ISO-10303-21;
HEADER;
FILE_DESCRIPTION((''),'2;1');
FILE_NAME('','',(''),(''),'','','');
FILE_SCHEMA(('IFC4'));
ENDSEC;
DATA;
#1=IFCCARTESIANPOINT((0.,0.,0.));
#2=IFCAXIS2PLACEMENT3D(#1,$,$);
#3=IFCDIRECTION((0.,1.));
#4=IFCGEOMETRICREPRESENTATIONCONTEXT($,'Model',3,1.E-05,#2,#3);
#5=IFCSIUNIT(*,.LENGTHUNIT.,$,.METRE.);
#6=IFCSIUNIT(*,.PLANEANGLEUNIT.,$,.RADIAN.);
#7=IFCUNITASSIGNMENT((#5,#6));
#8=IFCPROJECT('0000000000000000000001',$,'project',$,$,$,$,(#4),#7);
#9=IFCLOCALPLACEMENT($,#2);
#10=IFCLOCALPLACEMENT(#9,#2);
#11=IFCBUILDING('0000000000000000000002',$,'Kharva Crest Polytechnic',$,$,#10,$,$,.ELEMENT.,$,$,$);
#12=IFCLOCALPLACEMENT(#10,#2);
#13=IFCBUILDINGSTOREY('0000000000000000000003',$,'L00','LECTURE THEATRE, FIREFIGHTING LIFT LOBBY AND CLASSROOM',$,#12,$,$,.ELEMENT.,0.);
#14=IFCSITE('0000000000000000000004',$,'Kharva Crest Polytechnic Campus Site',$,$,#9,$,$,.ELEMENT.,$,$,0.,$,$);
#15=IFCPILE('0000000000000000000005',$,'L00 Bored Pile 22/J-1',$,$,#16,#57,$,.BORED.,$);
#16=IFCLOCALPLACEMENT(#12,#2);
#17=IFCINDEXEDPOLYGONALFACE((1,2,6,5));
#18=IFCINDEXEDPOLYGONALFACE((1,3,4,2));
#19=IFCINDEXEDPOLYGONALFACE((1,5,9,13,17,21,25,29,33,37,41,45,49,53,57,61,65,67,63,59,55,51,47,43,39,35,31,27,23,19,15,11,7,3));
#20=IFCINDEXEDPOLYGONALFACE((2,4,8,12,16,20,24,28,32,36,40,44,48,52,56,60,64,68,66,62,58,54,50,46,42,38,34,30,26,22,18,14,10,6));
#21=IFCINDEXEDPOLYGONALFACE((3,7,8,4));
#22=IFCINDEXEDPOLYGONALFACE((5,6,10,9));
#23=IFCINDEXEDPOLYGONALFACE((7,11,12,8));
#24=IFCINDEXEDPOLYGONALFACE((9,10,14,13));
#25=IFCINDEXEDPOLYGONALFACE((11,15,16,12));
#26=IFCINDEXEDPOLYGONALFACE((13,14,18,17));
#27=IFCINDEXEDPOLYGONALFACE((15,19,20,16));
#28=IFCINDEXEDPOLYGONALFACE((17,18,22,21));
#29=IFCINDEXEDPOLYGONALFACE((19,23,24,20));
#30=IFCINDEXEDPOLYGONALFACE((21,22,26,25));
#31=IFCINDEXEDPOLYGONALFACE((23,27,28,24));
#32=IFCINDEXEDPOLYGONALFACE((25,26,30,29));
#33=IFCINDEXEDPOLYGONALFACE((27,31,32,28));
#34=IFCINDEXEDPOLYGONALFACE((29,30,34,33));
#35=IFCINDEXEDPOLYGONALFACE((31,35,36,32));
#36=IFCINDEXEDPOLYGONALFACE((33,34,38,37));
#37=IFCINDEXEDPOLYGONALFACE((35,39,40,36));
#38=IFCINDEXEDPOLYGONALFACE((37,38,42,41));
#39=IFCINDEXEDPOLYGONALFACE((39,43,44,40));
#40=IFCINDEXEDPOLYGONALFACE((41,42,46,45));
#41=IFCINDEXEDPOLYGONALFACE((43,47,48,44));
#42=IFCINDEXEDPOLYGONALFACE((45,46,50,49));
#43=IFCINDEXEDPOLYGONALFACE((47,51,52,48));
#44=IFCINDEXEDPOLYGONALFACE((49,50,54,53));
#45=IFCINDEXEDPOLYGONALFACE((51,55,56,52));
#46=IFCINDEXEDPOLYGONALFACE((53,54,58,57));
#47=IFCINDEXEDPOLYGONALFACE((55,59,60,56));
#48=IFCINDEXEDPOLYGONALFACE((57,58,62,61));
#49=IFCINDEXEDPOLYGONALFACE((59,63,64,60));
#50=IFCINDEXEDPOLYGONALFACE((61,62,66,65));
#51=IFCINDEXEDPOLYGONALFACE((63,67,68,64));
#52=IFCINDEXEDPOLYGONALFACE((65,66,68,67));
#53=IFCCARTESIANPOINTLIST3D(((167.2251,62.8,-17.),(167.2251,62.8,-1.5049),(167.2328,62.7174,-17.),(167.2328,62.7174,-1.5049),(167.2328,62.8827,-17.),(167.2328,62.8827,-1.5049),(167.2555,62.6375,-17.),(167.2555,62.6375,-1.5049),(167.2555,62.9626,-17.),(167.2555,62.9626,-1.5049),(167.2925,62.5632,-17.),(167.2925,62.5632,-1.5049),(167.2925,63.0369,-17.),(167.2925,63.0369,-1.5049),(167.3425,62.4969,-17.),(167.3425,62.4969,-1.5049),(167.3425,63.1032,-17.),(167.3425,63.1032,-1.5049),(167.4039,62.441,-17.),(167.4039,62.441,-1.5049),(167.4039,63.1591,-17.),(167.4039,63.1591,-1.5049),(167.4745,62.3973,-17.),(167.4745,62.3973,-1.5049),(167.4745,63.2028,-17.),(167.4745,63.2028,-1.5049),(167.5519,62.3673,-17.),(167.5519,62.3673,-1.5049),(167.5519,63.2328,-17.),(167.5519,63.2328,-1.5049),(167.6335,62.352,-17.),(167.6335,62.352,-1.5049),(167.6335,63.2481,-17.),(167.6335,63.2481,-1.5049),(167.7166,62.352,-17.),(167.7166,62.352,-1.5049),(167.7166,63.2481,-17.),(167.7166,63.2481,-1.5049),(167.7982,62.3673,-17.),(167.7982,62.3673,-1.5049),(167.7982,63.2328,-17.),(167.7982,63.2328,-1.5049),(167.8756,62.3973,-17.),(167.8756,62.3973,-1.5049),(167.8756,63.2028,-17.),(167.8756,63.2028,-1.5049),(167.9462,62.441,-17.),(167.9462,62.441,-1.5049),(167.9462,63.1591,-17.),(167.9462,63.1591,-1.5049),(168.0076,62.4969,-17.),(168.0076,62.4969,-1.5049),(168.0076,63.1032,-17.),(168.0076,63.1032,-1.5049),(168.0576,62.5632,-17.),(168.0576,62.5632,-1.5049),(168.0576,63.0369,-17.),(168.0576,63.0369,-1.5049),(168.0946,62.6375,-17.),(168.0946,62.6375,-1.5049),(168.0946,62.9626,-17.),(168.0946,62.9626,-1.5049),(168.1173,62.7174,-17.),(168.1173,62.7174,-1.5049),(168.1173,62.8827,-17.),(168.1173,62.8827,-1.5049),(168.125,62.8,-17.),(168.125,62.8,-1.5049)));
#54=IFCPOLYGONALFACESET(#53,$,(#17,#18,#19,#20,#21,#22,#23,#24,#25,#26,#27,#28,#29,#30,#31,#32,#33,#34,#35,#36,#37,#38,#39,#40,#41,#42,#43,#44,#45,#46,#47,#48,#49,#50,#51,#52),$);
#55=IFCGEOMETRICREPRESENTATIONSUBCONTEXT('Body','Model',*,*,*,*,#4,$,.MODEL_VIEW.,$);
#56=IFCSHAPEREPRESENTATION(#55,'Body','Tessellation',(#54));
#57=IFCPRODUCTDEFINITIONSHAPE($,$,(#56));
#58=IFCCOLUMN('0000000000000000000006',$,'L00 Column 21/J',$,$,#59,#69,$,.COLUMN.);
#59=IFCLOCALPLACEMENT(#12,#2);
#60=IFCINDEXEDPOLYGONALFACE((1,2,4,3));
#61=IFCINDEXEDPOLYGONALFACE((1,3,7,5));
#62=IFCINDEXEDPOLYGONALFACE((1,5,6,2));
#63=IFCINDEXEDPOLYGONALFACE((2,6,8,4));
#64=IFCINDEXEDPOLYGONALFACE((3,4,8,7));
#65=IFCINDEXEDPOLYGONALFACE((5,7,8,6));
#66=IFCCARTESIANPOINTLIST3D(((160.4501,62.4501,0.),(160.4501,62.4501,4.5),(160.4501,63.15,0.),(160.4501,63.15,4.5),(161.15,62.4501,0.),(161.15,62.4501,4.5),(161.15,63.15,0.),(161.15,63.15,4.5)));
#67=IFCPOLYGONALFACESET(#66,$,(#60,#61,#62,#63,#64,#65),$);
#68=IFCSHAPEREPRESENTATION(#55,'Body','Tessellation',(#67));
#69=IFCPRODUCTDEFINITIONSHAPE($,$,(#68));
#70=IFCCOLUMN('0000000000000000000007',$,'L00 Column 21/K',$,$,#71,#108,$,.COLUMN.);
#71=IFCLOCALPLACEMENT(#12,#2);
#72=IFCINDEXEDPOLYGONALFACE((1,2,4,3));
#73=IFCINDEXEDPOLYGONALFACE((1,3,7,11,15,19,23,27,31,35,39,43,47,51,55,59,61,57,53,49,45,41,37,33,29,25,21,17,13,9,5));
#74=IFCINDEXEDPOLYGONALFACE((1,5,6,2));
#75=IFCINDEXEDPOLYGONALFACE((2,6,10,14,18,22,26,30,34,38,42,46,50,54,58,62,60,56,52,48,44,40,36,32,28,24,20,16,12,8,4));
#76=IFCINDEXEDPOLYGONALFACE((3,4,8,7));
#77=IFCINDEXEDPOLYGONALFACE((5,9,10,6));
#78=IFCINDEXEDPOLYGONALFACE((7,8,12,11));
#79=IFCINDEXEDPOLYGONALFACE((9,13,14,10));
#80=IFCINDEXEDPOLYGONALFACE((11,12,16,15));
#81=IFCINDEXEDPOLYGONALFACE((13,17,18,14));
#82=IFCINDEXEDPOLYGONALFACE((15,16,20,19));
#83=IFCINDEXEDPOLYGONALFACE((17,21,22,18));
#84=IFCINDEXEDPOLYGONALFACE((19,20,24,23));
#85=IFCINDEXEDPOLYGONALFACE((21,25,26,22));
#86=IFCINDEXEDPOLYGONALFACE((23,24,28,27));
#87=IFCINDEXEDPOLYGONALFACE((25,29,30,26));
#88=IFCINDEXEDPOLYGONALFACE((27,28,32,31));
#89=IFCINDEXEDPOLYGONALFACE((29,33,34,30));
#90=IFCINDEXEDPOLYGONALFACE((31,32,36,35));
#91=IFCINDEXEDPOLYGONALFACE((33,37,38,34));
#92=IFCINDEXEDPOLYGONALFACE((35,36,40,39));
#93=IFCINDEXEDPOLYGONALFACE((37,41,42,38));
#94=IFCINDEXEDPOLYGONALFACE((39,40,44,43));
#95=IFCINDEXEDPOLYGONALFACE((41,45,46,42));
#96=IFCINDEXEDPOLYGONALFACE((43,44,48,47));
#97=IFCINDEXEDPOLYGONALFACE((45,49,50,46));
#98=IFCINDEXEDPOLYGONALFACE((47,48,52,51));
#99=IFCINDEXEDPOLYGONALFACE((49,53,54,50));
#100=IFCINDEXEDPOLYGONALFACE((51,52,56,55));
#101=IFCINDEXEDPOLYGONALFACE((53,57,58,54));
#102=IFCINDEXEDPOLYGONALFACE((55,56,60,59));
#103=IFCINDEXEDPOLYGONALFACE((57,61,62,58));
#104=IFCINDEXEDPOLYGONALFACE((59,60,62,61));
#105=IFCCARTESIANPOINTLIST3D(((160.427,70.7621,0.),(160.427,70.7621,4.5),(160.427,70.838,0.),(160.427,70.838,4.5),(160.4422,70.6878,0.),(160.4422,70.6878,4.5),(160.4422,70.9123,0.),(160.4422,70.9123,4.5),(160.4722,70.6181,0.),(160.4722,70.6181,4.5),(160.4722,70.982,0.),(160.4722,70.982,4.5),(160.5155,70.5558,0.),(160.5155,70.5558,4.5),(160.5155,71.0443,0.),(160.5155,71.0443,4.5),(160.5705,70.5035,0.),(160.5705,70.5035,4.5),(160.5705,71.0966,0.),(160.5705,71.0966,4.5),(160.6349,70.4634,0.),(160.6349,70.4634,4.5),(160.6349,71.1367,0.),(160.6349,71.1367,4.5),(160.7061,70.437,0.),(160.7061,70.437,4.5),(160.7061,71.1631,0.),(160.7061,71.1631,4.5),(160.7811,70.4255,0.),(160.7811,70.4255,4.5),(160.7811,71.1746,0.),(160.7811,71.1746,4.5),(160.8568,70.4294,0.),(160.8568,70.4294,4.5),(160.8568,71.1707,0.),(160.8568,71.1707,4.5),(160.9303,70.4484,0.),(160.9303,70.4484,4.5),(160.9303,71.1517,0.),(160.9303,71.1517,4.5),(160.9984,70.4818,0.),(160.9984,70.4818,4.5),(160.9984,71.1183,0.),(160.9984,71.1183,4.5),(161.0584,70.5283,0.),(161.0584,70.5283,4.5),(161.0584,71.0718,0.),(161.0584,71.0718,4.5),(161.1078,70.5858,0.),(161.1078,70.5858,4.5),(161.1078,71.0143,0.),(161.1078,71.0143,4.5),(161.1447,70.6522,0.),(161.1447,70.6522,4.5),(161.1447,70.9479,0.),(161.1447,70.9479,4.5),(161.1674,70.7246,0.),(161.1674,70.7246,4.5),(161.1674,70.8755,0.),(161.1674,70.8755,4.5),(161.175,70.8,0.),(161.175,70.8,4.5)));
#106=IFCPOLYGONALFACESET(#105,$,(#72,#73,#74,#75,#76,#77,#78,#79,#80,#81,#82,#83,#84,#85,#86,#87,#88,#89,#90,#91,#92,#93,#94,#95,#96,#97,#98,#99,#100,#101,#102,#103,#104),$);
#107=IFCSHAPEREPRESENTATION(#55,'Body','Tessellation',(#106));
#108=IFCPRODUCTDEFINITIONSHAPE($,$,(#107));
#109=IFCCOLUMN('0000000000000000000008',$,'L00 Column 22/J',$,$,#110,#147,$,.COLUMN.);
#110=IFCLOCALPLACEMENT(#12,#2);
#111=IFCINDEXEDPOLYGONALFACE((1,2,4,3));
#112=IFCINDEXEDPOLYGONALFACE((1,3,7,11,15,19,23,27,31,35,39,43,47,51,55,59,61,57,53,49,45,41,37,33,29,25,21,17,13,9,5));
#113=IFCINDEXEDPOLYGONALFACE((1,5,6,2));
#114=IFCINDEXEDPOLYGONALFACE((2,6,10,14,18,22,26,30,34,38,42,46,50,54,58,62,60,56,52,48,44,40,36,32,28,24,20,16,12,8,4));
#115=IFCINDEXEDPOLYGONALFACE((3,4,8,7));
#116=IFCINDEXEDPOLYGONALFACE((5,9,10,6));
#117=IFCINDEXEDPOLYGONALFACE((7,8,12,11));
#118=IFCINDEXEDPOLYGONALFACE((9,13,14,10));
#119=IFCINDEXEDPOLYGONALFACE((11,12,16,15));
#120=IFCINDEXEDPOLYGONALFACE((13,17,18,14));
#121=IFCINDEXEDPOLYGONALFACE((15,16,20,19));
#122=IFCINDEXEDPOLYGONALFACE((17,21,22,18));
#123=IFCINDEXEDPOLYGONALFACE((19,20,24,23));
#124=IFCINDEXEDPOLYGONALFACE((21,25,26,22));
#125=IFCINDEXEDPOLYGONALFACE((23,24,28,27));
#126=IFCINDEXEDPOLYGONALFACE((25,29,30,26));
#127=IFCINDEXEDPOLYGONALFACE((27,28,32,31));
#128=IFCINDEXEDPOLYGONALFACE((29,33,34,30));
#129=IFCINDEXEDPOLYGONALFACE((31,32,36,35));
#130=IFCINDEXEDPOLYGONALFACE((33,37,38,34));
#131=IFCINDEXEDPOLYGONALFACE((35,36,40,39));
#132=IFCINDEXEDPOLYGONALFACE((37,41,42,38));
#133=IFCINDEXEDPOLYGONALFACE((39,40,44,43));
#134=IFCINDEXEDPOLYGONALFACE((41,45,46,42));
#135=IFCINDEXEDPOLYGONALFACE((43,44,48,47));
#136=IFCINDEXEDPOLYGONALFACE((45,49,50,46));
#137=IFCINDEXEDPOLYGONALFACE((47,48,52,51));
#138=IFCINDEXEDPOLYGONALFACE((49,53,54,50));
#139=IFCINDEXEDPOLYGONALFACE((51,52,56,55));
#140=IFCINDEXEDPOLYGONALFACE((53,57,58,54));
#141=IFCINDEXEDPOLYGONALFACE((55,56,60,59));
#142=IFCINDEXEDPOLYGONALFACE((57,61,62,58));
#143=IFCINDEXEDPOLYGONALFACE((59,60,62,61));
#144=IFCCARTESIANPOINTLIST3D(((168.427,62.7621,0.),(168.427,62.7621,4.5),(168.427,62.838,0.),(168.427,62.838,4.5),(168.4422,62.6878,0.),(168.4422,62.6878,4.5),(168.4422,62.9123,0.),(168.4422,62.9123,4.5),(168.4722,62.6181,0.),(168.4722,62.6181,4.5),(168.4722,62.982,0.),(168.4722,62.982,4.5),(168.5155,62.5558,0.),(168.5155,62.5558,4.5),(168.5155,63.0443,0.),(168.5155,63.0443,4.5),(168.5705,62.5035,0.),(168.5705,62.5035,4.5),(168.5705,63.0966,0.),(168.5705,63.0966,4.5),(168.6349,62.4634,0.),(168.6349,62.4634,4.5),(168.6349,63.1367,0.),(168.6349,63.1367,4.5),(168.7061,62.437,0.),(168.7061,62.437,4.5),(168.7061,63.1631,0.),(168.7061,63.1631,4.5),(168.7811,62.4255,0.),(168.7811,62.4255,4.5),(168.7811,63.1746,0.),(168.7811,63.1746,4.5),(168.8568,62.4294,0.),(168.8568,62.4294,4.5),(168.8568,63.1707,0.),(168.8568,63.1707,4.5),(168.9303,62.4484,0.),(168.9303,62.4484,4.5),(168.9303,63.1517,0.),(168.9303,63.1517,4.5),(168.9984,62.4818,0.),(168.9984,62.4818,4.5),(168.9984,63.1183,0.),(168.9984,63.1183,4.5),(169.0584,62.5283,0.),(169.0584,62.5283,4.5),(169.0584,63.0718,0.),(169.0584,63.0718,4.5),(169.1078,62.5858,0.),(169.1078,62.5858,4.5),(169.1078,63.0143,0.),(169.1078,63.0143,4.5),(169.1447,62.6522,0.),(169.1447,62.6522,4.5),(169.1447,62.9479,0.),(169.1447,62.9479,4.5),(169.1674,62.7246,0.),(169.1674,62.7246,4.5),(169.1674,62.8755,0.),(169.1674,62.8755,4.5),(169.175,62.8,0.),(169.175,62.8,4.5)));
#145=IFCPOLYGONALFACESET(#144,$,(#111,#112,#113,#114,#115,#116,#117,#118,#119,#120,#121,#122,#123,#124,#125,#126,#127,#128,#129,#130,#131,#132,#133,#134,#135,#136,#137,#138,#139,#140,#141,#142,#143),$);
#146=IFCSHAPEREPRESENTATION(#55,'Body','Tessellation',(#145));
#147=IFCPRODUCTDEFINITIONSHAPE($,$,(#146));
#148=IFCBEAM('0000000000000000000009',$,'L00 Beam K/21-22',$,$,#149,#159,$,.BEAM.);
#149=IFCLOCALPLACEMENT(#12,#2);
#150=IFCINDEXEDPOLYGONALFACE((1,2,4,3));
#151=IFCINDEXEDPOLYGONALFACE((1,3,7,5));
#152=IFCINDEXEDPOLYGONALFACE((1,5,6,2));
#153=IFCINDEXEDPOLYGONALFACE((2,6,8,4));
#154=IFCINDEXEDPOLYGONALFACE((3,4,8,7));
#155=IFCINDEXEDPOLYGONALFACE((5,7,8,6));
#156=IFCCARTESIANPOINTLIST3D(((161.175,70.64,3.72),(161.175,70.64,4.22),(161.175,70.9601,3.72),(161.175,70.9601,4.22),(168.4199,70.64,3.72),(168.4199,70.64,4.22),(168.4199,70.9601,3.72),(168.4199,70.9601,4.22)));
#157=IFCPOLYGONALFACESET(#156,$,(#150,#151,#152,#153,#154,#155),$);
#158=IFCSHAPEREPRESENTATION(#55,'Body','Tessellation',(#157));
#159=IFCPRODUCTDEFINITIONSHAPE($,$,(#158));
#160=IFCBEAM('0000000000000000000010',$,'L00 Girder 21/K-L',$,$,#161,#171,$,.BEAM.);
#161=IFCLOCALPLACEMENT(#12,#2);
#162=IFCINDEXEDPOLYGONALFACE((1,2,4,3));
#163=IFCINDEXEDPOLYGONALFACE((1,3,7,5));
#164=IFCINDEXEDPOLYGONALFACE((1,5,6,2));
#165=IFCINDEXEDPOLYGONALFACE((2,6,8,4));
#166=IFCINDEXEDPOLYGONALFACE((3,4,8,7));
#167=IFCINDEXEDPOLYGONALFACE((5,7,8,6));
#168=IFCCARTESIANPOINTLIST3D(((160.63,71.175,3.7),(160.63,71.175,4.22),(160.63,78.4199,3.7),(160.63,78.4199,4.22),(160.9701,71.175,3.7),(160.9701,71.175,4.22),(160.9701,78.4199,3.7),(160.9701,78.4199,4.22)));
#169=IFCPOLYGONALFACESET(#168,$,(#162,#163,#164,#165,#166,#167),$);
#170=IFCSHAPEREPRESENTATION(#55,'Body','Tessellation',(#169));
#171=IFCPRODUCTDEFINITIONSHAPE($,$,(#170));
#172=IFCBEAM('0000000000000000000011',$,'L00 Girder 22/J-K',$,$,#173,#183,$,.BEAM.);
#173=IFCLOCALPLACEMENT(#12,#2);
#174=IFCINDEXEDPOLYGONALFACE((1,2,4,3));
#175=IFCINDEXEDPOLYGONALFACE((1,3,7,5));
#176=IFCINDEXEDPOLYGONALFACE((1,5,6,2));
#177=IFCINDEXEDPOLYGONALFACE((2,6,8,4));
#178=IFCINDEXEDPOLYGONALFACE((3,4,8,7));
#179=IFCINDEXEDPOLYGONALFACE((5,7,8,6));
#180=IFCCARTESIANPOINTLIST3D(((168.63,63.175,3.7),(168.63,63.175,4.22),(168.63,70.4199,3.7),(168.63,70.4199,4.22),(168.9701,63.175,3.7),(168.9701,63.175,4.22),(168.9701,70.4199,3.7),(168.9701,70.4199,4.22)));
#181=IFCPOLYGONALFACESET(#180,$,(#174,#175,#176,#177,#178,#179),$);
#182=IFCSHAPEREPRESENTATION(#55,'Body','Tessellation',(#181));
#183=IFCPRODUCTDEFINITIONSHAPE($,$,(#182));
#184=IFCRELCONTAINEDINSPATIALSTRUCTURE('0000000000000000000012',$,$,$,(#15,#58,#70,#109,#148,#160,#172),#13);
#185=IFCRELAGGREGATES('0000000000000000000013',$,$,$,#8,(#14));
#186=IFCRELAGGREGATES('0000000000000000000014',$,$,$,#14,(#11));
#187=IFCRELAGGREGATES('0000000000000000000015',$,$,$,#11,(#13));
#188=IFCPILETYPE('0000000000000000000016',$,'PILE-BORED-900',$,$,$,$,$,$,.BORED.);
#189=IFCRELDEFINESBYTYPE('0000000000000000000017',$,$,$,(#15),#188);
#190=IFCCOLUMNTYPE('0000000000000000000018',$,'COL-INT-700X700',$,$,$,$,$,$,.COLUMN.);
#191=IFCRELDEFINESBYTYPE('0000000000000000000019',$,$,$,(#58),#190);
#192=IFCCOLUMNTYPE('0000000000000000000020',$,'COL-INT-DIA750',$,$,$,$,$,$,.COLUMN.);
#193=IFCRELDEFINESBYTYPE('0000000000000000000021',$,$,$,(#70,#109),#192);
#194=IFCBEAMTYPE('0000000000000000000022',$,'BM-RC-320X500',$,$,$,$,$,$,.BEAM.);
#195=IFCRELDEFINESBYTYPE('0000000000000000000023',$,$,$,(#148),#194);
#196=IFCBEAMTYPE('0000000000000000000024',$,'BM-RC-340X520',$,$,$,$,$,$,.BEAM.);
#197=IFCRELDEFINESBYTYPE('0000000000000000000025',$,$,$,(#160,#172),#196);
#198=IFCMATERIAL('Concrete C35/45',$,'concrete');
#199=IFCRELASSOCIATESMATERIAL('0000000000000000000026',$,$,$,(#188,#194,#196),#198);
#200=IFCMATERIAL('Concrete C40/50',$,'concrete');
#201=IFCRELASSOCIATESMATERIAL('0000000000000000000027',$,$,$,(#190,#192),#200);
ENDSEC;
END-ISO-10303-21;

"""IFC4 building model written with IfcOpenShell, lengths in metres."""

from ifc_helpers import new_model, si_unit, direction, frame, origin, origin_2d, place, context, subcontext, project, spatial, rectangle, circle, extrude, material, material_profile, profile_set, type_object, element, save


model = new_model("IFC4")

# Units and contexts
model_context = context("Model", 3, precision=1e-05, world=origin(), true_north=direction((0.0, 1.0)))
body_context = subcontext(model_context, "Body", "Model", "MODEL_VIEW")
ifc_project = project(units=[si_unit("LENGTHUNIT", "METRE"), si_unit("PLANEANGLEUNIT", "RADIAN")], contexts=[model_context])

# Site, building, storey
site_placement = place(None, origin())
site = spatial("IfcSite", under=ifc_project, at=site_placement, Name="Kharva Crest Polytechnic Campus Site", CompositionType="ELEMENT", RefElevation=0.0)
building_placement = place(site_placement, origin())
building = spatial("IfcBuilding", under=site, at=building_placement, Name="Kharva Crest Polytechnic", CompositionType="ELEMENT")
storey_placement = place(building_placement, origin())
storey = spatial("IfcBuildingStorey", under=building, at=storey_placement, Name="L00", Description="LECTURE THEATRE, FIREFIGHTING LIFT LOBBY AND CLASSROOM", CompositionType="ELEMENT", Elevation=0.0)

# Shared definitions
ifc_material_1 = material(Name="Concrete C35/45", Category="concrete")

# Pile
ifc_material_profile_1 = material_profile(ifc_material_1, circle(Radius=0.45, at=origin_2d()), Name="DIA 900")
ifc_profile_set_1 = profile_set([ifc_material_profile_1], Name="Concrete C35/45")
pile_type_1 = type_object("IfcPileType", Name="PILE-BORED-900", PredefinedType="BORED", material=ifc_profile_set_1)
for number, where, z_axis, x_axis, name in (
    (1, (167.675, 62.8, -1.5049), (0.0, 0.0, -1.0), (1.0, 0.0, 0.0), "L00 Bored Pile 22/J-1"),
):
    element("IfcPile", number, at=place(storey_placement, frame(where, z_axis=z_axis, x_axis=x_axis)), inside=storey, type_object=pile_type_1, Name=name, PredefinedType="BORED", context=body_context, shape_type="SweptSolid", body=[
        extrude(circle(Radius=0.45, at=origin_2d()), origin(), (0.0, 0.0, 1.0), 15.4951),
    ])

# Columns
ifc_material_2 = material(Name="Concrete C40/50", Category="concrete")
ifc_material_profile_2 = material_profile(ifc_material_2, rectangle(XDim=0.7, YDim=0.7, at=origin_2d()), Name="RECT 700 X 700")
ifc_profile_set_2 = profile_set([ifc_material_profile_2], Name="Concrete C40/50")
column_type_1 = type_object("IfcColumnType", Name="COL-INT-700X700", PredefinedType="COLUMN", material=ifc_profile_set_2)
column_placement = place(storey_placement, frame((160.8, 62.8, 0.0), z_axis=(0.0, 0.0, 1.0), x_axis=(1.0, 0.0, 0.0)))
element("IfcColumn", 2, at=column_placement, inside=storey, type_object=column_type_1, Name="L00 Column 21/J", PredefinedType="COLUMN", context=body_context, shape_type="SweptSolid", body=[
    extrude(rectangle(XDim=0.7, YDim=0.7, at=origin_2d()), origin(), (0.0, 0.0, 1.0), 4.5),
])
ifc_material_profile_3 = material_profile(ifc_material_2, circle(Radius=0.375, at=origin_2d()), Name="DIA 750")
ifc_profile_set_3 = profile_set([ifc_material_profile_3], Name="Concrete C40/50")
column_type_2 = type_object("IfcColumnType", Name="COL-INT-DIA750", PredefinedType="COLUMN", material=ifc_profile_set_3)
for number, where, z_axis, x_axis, name in (
    (3, (160.8, 70.8, 0.0), (0.0, 0.0, 1.0), (1.0, 0.0, 0.0), "L00 Column 21/K"),
    (4, (168.8, 62.8, 0.0), (0.0, 0.0, 1.0), (1.0, 0.0, 0.0), "L00 Column 22/J"),
):
    element("IfcColumn", number, at=place(storey_placement, frame(where, z_axis=z_axis, x_axis=x_axis)), inside=storey, type_object=column_type_2, Name=name, PredefinedType="COLUMN", context=body_context, shape_type="SweptSolid", body=[
        extrude(circle(Radius=0.375, at=origin_2d()), origin(), (0.0, 0.0, 1.0), 4.5),
    ])

# Beams
ifc_material_profile_4 = material_profile(ifc_material_1, rectangle(XDim=0.3201, YDim=0.5, at=origin_2d()), Name="RECT 320 X 500")
ifc_profile_set_4 = profile_set([ifc_material_profile_4], Name="Concrete C35/45")
beam_type_1 = type_object("IfcBeamType", Name="BM-RC-320X500", PredefinedType="BEAM", material=ifc_profile_set_4)
beam_1_placement = place(storey_placement, frame((161.175, 70.8, 3.97), z_axis=(1.0, 0.0, 0.0), x_axis=(0.0, 1.0, 0.0)))
element("IfcBeam", 5, at=beam_1_placement, inside=storey, type_object=beam_type_1, Name="L00 Beam K/21-22", PredefinedType="BEAM", context=body_context, shape_type="SweptSolid", body=[
    extrude(rectangle(XDim=0.3201, YDim=0.5, at=origin_2d()), origin(), (0.0, 0.0, 1.0), 7.2449),
])
ifc_material_profile_5 = material_profile(ifc_material_1, rectangle(XDim=0.3401, YDim=0.52, at=origin_2d()), Name="RECT 340 X 520")
ifc_profile_set_5 = profile_set([ifc_material_profile_5], Name="Concrete C35/45")
beam_type_2 = type_object("IfcBeamType", Name="BM-RC-340X520", PredefinedType="BEAM", material=ifc_profile_set_5)
for number, where, z_axis, x_axis, name in (
    (6, (160.8, 71.175, 3.96), (0.0, 1.0, 0.0), (-1.0, 0.0, 0.0), "L00 Girder 21/K-L"),
    (7, (168.8, 63.175, 3.96), (0.0, 1.0, 0.0), (-1.0, 0.0, 0.0), "L00 Girder 22/J-K"),
):
    element("IfcBeam", number, at=place(storey_placement, frame(where, z_axis=z_axis, x_axis=x_axis)), inside=storey, type_object=beam_type_2, Name=name, PredefinedType="BEAM", context=body_context, shape_type="SweptSolid", body=[
        extrude(rectangle(XDim=0.3401, YDim=0.52, at=origin_2d()), origin(), (0.0, 0.0, 1.0), 7.2449),
    ])

save(model, "model.ifc")
